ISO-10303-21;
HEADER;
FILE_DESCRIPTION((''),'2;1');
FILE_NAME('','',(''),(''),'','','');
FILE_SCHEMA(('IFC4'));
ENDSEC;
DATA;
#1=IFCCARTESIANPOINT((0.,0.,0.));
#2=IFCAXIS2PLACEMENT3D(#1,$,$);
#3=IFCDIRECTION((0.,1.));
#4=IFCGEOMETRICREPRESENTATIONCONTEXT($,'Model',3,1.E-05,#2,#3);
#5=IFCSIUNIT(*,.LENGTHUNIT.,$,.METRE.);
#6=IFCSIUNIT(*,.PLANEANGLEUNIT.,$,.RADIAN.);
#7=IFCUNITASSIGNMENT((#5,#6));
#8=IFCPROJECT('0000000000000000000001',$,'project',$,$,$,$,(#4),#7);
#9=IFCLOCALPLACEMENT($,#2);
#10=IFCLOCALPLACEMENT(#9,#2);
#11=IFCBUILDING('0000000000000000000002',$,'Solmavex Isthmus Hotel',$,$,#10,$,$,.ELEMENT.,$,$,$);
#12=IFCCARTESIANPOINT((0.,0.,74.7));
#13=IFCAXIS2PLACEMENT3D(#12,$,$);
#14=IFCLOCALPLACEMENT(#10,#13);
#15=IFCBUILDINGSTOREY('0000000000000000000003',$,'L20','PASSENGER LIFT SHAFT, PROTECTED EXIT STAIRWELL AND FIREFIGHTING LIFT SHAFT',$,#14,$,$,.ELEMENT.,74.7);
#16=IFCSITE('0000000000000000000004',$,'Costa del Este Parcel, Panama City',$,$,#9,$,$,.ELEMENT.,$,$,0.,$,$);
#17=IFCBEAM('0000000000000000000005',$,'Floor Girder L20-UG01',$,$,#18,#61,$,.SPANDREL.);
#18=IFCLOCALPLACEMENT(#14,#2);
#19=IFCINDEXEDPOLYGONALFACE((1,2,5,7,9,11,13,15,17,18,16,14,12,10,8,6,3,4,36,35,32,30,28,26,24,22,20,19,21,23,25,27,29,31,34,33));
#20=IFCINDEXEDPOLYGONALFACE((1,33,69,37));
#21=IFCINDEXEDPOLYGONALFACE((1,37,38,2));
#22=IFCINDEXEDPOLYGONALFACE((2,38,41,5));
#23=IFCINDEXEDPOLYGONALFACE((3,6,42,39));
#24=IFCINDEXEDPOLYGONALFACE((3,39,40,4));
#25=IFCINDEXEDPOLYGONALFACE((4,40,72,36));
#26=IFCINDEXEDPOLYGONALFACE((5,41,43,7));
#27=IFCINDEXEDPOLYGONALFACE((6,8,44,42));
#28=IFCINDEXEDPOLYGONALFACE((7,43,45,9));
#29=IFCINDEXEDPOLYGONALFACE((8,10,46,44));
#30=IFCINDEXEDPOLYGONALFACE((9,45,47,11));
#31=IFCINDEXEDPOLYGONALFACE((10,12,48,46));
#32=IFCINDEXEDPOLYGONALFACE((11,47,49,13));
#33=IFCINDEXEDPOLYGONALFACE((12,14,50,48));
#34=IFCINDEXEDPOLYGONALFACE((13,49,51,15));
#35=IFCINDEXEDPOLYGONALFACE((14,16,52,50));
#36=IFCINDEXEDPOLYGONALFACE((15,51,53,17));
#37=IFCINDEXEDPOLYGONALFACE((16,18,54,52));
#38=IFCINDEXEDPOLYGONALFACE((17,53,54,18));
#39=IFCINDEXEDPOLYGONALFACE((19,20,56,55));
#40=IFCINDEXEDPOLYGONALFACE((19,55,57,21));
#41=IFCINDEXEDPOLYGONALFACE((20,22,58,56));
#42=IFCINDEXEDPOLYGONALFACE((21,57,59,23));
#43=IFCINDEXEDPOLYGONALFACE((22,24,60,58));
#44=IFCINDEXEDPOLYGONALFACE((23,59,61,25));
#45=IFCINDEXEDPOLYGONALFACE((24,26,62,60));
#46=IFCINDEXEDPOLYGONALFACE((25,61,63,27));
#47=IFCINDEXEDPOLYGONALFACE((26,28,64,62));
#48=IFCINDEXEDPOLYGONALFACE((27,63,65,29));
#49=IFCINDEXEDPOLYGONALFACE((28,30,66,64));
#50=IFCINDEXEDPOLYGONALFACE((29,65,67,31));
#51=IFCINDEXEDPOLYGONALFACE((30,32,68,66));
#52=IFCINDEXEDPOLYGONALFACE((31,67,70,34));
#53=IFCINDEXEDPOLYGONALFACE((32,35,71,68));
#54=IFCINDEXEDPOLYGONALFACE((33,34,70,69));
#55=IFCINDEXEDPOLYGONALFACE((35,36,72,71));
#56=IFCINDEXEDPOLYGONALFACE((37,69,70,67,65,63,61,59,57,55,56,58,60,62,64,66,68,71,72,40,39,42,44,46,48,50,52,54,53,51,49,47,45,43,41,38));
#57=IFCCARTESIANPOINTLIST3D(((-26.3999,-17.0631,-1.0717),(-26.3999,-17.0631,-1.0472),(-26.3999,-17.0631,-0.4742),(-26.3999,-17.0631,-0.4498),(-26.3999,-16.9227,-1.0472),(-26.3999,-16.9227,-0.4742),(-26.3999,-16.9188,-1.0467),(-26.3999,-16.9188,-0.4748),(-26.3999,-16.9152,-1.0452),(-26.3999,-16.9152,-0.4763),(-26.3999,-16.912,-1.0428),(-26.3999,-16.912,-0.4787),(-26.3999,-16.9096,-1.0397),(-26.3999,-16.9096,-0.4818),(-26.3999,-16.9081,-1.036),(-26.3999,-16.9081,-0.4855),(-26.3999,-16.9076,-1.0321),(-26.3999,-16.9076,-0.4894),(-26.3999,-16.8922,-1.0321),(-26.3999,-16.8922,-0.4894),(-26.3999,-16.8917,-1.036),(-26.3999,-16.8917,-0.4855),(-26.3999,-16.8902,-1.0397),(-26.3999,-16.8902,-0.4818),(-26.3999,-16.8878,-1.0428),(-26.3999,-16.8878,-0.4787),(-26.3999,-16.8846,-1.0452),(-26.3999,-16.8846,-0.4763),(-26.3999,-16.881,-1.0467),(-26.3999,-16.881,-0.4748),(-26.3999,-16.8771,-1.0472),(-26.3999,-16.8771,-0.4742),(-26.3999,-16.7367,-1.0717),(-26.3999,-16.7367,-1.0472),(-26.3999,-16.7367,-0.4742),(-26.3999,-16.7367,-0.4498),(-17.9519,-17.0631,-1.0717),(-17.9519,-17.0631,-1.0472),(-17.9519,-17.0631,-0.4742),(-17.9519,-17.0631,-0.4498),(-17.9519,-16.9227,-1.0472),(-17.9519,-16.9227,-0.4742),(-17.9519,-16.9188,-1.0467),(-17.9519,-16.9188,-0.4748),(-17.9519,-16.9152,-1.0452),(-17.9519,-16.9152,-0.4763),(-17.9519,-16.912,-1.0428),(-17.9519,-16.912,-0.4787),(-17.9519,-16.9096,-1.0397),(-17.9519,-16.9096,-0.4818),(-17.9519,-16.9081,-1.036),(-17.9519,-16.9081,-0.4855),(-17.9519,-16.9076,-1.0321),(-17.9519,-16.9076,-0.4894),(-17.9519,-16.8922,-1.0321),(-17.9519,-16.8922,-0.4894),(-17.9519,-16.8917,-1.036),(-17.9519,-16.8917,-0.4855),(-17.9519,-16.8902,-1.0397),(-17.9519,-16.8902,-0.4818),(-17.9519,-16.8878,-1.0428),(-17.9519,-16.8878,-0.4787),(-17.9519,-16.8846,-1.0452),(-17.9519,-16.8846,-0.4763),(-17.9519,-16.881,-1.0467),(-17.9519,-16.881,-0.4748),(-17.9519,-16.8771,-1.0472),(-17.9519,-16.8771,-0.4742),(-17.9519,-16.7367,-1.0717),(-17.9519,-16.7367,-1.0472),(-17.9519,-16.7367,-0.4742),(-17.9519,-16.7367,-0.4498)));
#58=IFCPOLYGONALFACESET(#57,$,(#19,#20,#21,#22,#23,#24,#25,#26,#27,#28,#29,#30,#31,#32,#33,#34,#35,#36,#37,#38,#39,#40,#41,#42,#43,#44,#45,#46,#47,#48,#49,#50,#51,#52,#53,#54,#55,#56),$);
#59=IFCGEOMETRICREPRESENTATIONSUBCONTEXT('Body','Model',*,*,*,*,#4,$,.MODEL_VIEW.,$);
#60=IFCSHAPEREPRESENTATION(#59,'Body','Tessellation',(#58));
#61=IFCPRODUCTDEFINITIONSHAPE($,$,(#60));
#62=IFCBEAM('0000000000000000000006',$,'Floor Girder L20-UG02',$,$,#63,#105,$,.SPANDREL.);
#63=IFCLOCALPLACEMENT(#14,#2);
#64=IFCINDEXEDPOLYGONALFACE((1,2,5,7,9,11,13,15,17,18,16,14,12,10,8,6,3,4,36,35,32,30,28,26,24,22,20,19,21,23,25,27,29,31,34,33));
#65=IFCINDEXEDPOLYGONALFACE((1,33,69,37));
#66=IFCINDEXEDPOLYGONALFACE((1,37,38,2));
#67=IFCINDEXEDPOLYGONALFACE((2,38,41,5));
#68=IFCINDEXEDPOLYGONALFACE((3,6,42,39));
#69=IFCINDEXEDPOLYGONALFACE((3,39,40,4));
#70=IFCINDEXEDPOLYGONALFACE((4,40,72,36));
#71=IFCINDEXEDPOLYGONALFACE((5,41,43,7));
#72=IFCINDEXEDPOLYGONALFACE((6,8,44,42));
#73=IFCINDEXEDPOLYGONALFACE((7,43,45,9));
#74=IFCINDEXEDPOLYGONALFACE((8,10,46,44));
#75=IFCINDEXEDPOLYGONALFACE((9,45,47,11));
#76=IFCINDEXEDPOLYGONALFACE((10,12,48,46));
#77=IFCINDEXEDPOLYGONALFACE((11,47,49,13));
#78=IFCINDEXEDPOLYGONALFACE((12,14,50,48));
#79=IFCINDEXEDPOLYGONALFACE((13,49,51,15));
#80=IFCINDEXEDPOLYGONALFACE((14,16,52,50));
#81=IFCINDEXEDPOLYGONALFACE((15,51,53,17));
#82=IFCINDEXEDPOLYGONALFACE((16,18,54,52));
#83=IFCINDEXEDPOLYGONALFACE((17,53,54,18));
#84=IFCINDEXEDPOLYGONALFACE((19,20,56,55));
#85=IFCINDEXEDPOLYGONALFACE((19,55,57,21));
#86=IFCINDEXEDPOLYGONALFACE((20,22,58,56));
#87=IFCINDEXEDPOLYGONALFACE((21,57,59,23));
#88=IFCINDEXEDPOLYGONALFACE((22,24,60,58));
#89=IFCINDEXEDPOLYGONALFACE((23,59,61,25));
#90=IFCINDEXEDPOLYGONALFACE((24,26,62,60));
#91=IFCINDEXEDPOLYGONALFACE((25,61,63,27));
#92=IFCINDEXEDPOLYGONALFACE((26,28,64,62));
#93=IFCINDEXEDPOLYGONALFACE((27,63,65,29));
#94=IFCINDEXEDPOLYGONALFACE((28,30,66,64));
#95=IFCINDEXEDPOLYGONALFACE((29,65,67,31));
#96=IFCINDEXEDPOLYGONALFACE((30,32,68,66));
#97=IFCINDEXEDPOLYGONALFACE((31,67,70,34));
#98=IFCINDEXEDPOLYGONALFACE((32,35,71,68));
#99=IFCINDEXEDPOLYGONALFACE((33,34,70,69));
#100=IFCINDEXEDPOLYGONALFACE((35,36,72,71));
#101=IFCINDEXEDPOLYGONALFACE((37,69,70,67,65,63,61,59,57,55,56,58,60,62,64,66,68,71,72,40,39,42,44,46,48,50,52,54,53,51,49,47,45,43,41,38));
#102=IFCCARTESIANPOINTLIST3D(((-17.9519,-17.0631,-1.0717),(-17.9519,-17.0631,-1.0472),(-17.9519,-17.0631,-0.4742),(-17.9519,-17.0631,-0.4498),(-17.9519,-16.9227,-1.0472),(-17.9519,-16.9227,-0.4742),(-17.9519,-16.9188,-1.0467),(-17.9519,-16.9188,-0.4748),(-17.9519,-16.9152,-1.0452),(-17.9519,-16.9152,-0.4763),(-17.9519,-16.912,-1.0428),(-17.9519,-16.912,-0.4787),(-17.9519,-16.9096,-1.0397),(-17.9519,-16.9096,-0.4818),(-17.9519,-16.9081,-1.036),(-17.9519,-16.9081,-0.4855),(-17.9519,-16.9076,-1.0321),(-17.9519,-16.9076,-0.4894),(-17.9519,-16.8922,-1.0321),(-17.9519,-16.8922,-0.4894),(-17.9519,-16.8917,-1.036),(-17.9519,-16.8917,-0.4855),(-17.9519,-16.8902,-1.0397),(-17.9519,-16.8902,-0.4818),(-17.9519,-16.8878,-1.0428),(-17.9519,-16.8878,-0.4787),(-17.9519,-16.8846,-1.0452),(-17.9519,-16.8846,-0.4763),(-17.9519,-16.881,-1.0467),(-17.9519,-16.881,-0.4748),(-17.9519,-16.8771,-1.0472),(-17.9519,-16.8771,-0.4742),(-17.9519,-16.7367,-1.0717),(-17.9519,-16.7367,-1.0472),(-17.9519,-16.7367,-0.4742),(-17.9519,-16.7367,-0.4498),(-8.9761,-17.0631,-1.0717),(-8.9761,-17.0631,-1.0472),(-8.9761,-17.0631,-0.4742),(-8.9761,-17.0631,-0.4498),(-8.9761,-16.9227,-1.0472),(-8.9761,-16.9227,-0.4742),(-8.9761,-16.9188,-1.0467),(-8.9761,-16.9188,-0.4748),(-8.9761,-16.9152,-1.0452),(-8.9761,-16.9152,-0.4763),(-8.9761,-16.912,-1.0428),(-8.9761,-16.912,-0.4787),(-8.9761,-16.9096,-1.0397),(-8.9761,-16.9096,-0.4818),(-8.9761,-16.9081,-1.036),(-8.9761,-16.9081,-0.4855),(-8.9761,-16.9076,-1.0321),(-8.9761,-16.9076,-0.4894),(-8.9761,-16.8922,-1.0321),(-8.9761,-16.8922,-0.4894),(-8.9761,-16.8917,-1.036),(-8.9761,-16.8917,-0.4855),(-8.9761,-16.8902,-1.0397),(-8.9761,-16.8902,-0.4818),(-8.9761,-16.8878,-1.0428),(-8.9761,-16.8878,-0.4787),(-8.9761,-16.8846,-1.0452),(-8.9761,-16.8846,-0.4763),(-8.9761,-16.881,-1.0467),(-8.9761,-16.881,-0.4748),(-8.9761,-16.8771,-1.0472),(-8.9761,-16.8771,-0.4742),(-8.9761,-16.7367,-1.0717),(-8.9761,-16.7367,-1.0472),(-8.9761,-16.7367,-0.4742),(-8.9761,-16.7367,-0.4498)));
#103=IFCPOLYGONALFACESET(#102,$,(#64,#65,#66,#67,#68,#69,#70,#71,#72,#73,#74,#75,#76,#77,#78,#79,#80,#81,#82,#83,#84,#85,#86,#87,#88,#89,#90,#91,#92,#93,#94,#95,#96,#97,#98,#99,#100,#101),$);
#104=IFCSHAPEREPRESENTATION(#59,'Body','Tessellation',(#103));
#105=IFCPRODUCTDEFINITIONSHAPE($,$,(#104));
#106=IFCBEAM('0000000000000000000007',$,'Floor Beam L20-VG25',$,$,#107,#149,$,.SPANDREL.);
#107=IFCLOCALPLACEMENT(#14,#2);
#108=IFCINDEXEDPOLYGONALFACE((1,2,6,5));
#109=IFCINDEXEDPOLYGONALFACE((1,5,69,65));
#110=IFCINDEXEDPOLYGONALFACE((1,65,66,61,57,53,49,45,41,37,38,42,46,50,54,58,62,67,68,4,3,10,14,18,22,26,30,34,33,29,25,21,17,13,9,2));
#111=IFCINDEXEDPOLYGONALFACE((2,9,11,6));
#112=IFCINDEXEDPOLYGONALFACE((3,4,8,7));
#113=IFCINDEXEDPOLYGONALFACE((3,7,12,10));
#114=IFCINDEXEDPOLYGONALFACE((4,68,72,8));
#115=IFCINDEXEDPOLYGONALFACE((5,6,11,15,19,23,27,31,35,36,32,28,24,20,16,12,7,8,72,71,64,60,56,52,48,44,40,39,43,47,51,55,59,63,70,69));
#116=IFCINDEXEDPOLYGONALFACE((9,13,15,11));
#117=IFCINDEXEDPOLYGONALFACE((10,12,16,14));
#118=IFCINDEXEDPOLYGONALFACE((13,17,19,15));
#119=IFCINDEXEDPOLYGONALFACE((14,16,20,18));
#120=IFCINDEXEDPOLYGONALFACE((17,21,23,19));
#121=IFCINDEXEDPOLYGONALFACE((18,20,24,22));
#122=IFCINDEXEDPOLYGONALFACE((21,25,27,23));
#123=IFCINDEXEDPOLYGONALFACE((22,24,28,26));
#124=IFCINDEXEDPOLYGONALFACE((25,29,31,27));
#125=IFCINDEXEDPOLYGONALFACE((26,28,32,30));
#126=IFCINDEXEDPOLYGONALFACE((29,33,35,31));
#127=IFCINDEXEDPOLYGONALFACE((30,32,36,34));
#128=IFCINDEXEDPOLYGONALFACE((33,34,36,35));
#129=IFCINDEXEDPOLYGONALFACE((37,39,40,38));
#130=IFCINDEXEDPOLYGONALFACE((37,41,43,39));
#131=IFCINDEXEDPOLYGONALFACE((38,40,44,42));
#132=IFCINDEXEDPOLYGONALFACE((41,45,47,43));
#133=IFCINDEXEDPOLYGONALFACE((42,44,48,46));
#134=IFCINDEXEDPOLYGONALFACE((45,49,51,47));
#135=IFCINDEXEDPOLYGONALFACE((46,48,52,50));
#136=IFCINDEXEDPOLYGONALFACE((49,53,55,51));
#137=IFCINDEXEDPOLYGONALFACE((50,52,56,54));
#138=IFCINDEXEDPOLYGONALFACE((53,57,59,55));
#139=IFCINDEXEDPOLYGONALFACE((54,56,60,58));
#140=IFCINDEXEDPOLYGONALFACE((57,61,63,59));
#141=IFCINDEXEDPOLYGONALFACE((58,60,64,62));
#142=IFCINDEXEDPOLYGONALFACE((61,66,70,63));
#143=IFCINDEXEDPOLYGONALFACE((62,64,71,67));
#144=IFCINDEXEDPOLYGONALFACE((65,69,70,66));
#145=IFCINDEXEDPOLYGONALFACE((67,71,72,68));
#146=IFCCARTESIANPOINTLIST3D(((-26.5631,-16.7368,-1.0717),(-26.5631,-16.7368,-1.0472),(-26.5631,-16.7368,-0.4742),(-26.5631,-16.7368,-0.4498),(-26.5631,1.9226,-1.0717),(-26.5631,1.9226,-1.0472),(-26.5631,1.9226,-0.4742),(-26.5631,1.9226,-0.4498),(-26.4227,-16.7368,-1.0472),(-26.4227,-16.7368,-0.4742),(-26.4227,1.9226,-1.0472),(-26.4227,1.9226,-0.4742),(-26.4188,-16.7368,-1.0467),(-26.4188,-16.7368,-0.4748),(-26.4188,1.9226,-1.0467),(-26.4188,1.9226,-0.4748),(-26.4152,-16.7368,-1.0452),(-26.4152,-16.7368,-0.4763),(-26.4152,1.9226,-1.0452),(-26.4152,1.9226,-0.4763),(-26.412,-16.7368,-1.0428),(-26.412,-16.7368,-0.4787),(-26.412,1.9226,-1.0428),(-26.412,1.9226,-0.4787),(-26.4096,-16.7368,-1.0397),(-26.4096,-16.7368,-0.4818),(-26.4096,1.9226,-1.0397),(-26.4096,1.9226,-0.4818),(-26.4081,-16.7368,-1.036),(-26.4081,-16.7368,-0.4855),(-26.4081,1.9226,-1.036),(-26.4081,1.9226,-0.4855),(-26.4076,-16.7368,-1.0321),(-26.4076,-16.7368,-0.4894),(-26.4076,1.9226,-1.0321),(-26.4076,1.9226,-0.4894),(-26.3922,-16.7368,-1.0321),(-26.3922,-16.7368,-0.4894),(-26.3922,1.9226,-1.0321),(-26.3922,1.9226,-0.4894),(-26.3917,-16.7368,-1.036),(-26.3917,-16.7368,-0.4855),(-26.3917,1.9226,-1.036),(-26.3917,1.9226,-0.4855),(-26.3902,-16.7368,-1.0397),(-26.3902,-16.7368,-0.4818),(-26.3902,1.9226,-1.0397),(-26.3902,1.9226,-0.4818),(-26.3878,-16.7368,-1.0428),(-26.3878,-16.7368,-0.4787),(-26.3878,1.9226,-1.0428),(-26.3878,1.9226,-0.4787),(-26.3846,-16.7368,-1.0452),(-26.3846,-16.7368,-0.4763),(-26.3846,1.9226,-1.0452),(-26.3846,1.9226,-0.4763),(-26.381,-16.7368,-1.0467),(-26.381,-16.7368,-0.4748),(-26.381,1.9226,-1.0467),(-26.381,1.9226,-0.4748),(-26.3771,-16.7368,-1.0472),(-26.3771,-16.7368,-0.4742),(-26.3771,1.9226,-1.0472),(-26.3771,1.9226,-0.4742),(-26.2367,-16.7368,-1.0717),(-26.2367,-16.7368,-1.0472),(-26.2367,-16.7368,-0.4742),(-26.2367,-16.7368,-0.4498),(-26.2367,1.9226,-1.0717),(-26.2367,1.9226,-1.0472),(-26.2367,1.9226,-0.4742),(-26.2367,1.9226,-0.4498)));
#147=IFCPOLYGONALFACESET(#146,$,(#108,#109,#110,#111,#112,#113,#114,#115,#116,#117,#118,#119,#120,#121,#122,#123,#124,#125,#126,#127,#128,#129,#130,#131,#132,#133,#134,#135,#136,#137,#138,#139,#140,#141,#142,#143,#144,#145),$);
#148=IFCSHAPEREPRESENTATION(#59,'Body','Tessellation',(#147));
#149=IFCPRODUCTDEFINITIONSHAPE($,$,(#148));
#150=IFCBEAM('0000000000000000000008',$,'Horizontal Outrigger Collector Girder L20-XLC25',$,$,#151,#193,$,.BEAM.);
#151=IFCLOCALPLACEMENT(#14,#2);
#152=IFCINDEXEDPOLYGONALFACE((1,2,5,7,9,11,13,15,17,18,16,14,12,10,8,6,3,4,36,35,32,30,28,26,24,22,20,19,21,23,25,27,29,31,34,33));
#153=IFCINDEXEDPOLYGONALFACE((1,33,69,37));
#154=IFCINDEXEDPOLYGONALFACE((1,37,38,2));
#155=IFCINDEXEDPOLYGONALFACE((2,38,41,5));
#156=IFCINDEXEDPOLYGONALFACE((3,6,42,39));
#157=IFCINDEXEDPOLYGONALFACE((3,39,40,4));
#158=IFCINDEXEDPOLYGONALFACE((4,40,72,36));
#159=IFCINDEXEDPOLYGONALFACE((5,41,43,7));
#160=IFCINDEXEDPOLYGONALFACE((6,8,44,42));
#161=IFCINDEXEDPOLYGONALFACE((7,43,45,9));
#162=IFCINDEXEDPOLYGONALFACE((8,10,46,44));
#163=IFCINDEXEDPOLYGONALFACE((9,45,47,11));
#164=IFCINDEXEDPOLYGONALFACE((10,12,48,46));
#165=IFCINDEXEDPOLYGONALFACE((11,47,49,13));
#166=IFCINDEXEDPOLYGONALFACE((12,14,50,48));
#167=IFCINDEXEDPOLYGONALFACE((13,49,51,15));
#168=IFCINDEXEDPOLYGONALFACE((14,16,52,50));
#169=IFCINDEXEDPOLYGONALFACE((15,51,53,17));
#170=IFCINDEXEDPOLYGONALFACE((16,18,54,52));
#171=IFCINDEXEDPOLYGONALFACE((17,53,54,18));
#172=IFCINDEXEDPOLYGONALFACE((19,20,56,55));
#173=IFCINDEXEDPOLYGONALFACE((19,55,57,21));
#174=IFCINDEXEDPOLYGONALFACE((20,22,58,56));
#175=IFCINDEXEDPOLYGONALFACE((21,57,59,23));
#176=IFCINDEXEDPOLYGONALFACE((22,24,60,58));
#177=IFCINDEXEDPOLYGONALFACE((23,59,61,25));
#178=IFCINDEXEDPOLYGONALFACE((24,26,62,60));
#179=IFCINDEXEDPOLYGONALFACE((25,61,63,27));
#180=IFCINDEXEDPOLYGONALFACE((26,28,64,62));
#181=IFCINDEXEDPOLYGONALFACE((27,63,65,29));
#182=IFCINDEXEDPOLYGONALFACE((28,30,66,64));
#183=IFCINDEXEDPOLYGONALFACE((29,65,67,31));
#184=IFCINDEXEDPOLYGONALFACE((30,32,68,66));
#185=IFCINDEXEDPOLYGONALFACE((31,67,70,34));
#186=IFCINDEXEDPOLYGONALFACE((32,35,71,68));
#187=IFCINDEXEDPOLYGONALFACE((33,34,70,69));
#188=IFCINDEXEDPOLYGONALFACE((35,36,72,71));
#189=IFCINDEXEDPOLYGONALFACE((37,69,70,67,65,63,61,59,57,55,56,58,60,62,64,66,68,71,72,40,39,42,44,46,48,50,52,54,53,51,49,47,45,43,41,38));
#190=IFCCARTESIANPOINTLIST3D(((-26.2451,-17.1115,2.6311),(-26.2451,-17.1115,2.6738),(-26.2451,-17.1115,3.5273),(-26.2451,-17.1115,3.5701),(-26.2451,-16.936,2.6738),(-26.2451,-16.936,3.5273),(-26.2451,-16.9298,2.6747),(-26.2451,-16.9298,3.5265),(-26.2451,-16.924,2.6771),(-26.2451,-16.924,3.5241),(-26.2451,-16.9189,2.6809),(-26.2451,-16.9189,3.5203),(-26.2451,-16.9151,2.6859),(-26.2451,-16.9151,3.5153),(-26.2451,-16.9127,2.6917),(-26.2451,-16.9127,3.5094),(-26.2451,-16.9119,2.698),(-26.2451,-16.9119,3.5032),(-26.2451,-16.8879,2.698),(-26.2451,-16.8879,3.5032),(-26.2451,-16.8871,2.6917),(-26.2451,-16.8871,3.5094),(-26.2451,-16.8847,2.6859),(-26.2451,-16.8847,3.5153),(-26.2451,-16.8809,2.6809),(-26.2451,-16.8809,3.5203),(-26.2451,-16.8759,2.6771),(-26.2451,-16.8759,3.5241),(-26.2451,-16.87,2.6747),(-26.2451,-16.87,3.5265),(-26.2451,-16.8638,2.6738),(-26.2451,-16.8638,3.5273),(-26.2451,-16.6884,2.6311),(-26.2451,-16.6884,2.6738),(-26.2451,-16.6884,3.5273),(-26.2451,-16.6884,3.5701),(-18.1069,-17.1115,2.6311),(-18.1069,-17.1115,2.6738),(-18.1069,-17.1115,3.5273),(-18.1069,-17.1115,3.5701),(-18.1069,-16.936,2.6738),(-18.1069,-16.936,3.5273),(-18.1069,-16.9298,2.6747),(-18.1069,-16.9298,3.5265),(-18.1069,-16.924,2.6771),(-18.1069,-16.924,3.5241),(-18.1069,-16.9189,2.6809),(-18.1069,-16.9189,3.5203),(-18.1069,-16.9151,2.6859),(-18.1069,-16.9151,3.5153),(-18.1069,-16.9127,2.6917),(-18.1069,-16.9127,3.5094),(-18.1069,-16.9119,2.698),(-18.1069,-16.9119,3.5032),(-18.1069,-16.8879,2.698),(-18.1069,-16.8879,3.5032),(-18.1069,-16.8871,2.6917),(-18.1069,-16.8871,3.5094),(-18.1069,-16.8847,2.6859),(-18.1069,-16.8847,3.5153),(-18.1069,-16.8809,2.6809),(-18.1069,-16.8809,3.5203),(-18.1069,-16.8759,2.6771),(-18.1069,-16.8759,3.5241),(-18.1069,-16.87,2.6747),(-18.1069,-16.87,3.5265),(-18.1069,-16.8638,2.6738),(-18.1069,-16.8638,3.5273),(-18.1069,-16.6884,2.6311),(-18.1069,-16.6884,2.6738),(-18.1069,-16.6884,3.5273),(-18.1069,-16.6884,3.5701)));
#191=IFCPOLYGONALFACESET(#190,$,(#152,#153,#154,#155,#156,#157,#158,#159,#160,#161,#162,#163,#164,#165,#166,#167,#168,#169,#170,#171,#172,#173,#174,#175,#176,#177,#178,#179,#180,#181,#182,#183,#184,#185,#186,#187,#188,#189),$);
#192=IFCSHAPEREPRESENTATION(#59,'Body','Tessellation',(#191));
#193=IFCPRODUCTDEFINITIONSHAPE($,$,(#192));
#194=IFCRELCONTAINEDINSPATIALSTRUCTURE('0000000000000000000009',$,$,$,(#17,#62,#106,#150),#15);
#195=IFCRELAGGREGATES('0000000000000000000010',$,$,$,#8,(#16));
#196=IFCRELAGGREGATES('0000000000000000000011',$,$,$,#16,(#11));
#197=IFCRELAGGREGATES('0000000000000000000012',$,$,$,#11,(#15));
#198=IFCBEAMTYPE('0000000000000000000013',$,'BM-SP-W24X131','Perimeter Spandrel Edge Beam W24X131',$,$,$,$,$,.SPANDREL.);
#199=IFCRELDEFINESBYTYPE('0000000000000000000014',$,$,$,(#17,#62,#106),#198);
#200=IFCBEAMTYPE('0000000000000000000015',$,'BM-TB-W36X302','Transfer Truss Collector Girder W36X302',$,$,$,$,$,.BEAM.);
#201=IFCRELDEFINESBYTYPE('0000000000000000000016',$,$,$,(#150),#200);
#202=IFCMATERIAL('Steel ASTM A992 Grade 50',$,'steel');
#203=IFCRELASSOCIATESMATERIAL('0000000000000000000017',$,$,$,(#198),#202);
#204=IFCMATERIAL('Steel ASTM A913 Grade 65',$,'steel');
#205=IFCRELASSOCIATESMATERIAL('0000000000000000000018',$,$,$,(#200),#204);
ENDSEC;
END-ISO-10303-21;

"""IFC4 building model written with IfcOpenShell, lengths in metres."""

from ifc_helpers import new_model, si_unit, direction, frame, origin, origin_2d, place, context, subcontext, project, spatial, i_section, extrude, material, material_profile, profile_set, type_object, element, save


model = new_model("IFC4")

# Units and contexts
model_context = context("Model", 3, precision=1e-05, world=origin(), true_north=direction((0.0, 1.0)))
body_context = subcontext(model_context, "Body", "Model", "MODEL_VIEW")
ifc_project = project(units=[si_unit("LENGTHUNIT", "METRE"), si_unit("PLANEANGLEUNIT", "RADIAN")], contexts=[model_context])

# Site, building, storey
site_placement = place(None, origin())
site = spatial("IfcSite", under=ifc_project, at=site_placement, Name="Costa del Este Parcel, Panama City", CompositionType="ELEMENT", RefElevation=0.0)
building_placement = place(site_placement, origin())
building = spatial("IfcBuilding", under=site, at=building_placement, Name="Solmavex Isthmus Hotel", CompositionType="ELEMENT")
storey_placement = place(building_placement, frame((0.0, 0.0, 74.7)))
storey = spatial("IfcBuildingStorey", under=building, at=storey_placement, Name="L20", Description="PASSENGER LIFT SHAFT, PROTECTED EXIT STAIRWELL AND FIREFIGHTING LIFT SHAFT", CompositionType="ELEMENT", Elevation=74.7)

# Shared definitions
ifc_material_1 = material(Name="Steel ASTM A913 Grade 65", Category="steel")

# Beams
ifc_material_2 = material(Name="Steel ASTM A992 Grade 50", Category="steel")
ifc_material_profile_1 = material_profile(ifc_material_2, i_section(OverallWidth=0.3264, OverallDepth=0.6218, WebThickness=0.0154, FlangeThickness=0.0244, FilletRadius=0.0151, at=origin_2d()), Name="W24X131")
ifc_profile_set_1 = profile_set([ifc_material_profile_1], Name="Steel ASTM A992 Grade 50")
beam_type_1 = type_object("IfcBeamType", Name="BM-SP-W24X131", Description="Perimeter Spandrel Edge Beam W24X131", PredefinedType="SPANDREL", material=ifc_profile_set_1)
beam_1_placement = place(storey_placement, frame((-26.3999, -16.8999, -0.7607), z_axis=(1.0, 0.0, 0.0), x_axis=(0.0, 1.0, 0.0)))
element("IfcBeam", 1, at=beam_1_placement, inside=storey, type_object=beam_type_1, Name="Floor Girder L20-UG01", PredefinedType="SPANDREL", context=body_context, shape_type="SweptSolid", body=[
    extrude(i_section(OverallWidth=0.3264, OverallDepth=0.6218, WebThickness=0.0154, FlangeThickness=0.0244, FilletRadius=0.0151, at=origin_2d()), origin(), (0.0, 0.0, 1.0), 8.448),
])
beam_2_placement = place(storey_placement, frame((-17.9519, -16.8999, -0.7607), z_axis=(1.0, 0.0, 0.0), x_axis=(0.0, 1.0, 0.0)))
element("IfcBeam", 2, at=beam_2_placement, inside=storey, type_object=beam_type_1, Name="Floor Girder L20-UG02", PredefinedType="SPANDREL", context=body_context, shape_type="SweptSolid", body=[
    extrude(i_section(OverallWidth=0.3264, OverallDepth=0.6218, WebThickness=0.0154, FlangeThickness=0.0244, FilletRadius=0.0151, at=origin_2d()), origin(), (0.0, 0.0, 1.0), 8.9758),
])
beam_3_placement = place(storey_placement, frame((-26.3999, -16.7368, -0.7607), z_axis=(0.0, 1.0, 0.0), x_axis=(-1.0, 0.0, 0.0)))
element("IfcBeam", 3, at=beam_3_placement, inside=storey, type_object=beam_type_1, Name="Floor Beam L20-VG25", PredefinedType="SPANDREL", context=body_context, shape_type="SweptSolid", body=[
    extrude(i_section(OverallWidth=0.3264, OverallDepth=0.6218, WebThickness=0.0154, FlangeThickness=0.0244, FilletRadius=0.0151, at=origin_2d()), origin(), (0.0, 0.0, 1.0), 18.6594),
])
ifc_material_profile_2 = material_profile(ifc_material_1, i_section(OverallWidth=0.4231, OverallDepth=0.939, WebThickness=0.0239, FlangeThickness=0.0427, FilletRadius=0.0242, at=origin_2d()), Name="W36X302")
ifc_profile_set_2 = profile_set([ifc_material_profile_2], Name="Steel ASTM A913 Grade 65")
beam_type_2 = type_object("IfcBeamType", Name="BM-TB-W36X302", Description="Transfer Truss Collector Girder W36X302", PredefinedType="BEAM", material=ifc_profile_set_2)
beam_4_placement = place(storey_placement, frame((-26.2451, -16.8999, 3.1006), z_axis=(1.0, 0.0, 0.0), x_axis=(0.0, 1.0, 0.0)))
element("IfcBeam", 4, at=beam_4_placement, inside=storey, type_object=beam_type_2, Name="Horizontal Outrigger Collector Girder L20-XLC25", PredefinedType="BEAM", context=body_context, shape_type="SweptSolid", body=[
    extrude(i_section(OverallWidth=0.4231, OverallDepth=0.939, WebThickness=0.0239, FlangeThickness=0.0427, FilletRadius=0.0242, at=origin_2d()), origin(), (0.0, 0.0, 1.0), 8.1382),
])

save(model, "model.ifc")
